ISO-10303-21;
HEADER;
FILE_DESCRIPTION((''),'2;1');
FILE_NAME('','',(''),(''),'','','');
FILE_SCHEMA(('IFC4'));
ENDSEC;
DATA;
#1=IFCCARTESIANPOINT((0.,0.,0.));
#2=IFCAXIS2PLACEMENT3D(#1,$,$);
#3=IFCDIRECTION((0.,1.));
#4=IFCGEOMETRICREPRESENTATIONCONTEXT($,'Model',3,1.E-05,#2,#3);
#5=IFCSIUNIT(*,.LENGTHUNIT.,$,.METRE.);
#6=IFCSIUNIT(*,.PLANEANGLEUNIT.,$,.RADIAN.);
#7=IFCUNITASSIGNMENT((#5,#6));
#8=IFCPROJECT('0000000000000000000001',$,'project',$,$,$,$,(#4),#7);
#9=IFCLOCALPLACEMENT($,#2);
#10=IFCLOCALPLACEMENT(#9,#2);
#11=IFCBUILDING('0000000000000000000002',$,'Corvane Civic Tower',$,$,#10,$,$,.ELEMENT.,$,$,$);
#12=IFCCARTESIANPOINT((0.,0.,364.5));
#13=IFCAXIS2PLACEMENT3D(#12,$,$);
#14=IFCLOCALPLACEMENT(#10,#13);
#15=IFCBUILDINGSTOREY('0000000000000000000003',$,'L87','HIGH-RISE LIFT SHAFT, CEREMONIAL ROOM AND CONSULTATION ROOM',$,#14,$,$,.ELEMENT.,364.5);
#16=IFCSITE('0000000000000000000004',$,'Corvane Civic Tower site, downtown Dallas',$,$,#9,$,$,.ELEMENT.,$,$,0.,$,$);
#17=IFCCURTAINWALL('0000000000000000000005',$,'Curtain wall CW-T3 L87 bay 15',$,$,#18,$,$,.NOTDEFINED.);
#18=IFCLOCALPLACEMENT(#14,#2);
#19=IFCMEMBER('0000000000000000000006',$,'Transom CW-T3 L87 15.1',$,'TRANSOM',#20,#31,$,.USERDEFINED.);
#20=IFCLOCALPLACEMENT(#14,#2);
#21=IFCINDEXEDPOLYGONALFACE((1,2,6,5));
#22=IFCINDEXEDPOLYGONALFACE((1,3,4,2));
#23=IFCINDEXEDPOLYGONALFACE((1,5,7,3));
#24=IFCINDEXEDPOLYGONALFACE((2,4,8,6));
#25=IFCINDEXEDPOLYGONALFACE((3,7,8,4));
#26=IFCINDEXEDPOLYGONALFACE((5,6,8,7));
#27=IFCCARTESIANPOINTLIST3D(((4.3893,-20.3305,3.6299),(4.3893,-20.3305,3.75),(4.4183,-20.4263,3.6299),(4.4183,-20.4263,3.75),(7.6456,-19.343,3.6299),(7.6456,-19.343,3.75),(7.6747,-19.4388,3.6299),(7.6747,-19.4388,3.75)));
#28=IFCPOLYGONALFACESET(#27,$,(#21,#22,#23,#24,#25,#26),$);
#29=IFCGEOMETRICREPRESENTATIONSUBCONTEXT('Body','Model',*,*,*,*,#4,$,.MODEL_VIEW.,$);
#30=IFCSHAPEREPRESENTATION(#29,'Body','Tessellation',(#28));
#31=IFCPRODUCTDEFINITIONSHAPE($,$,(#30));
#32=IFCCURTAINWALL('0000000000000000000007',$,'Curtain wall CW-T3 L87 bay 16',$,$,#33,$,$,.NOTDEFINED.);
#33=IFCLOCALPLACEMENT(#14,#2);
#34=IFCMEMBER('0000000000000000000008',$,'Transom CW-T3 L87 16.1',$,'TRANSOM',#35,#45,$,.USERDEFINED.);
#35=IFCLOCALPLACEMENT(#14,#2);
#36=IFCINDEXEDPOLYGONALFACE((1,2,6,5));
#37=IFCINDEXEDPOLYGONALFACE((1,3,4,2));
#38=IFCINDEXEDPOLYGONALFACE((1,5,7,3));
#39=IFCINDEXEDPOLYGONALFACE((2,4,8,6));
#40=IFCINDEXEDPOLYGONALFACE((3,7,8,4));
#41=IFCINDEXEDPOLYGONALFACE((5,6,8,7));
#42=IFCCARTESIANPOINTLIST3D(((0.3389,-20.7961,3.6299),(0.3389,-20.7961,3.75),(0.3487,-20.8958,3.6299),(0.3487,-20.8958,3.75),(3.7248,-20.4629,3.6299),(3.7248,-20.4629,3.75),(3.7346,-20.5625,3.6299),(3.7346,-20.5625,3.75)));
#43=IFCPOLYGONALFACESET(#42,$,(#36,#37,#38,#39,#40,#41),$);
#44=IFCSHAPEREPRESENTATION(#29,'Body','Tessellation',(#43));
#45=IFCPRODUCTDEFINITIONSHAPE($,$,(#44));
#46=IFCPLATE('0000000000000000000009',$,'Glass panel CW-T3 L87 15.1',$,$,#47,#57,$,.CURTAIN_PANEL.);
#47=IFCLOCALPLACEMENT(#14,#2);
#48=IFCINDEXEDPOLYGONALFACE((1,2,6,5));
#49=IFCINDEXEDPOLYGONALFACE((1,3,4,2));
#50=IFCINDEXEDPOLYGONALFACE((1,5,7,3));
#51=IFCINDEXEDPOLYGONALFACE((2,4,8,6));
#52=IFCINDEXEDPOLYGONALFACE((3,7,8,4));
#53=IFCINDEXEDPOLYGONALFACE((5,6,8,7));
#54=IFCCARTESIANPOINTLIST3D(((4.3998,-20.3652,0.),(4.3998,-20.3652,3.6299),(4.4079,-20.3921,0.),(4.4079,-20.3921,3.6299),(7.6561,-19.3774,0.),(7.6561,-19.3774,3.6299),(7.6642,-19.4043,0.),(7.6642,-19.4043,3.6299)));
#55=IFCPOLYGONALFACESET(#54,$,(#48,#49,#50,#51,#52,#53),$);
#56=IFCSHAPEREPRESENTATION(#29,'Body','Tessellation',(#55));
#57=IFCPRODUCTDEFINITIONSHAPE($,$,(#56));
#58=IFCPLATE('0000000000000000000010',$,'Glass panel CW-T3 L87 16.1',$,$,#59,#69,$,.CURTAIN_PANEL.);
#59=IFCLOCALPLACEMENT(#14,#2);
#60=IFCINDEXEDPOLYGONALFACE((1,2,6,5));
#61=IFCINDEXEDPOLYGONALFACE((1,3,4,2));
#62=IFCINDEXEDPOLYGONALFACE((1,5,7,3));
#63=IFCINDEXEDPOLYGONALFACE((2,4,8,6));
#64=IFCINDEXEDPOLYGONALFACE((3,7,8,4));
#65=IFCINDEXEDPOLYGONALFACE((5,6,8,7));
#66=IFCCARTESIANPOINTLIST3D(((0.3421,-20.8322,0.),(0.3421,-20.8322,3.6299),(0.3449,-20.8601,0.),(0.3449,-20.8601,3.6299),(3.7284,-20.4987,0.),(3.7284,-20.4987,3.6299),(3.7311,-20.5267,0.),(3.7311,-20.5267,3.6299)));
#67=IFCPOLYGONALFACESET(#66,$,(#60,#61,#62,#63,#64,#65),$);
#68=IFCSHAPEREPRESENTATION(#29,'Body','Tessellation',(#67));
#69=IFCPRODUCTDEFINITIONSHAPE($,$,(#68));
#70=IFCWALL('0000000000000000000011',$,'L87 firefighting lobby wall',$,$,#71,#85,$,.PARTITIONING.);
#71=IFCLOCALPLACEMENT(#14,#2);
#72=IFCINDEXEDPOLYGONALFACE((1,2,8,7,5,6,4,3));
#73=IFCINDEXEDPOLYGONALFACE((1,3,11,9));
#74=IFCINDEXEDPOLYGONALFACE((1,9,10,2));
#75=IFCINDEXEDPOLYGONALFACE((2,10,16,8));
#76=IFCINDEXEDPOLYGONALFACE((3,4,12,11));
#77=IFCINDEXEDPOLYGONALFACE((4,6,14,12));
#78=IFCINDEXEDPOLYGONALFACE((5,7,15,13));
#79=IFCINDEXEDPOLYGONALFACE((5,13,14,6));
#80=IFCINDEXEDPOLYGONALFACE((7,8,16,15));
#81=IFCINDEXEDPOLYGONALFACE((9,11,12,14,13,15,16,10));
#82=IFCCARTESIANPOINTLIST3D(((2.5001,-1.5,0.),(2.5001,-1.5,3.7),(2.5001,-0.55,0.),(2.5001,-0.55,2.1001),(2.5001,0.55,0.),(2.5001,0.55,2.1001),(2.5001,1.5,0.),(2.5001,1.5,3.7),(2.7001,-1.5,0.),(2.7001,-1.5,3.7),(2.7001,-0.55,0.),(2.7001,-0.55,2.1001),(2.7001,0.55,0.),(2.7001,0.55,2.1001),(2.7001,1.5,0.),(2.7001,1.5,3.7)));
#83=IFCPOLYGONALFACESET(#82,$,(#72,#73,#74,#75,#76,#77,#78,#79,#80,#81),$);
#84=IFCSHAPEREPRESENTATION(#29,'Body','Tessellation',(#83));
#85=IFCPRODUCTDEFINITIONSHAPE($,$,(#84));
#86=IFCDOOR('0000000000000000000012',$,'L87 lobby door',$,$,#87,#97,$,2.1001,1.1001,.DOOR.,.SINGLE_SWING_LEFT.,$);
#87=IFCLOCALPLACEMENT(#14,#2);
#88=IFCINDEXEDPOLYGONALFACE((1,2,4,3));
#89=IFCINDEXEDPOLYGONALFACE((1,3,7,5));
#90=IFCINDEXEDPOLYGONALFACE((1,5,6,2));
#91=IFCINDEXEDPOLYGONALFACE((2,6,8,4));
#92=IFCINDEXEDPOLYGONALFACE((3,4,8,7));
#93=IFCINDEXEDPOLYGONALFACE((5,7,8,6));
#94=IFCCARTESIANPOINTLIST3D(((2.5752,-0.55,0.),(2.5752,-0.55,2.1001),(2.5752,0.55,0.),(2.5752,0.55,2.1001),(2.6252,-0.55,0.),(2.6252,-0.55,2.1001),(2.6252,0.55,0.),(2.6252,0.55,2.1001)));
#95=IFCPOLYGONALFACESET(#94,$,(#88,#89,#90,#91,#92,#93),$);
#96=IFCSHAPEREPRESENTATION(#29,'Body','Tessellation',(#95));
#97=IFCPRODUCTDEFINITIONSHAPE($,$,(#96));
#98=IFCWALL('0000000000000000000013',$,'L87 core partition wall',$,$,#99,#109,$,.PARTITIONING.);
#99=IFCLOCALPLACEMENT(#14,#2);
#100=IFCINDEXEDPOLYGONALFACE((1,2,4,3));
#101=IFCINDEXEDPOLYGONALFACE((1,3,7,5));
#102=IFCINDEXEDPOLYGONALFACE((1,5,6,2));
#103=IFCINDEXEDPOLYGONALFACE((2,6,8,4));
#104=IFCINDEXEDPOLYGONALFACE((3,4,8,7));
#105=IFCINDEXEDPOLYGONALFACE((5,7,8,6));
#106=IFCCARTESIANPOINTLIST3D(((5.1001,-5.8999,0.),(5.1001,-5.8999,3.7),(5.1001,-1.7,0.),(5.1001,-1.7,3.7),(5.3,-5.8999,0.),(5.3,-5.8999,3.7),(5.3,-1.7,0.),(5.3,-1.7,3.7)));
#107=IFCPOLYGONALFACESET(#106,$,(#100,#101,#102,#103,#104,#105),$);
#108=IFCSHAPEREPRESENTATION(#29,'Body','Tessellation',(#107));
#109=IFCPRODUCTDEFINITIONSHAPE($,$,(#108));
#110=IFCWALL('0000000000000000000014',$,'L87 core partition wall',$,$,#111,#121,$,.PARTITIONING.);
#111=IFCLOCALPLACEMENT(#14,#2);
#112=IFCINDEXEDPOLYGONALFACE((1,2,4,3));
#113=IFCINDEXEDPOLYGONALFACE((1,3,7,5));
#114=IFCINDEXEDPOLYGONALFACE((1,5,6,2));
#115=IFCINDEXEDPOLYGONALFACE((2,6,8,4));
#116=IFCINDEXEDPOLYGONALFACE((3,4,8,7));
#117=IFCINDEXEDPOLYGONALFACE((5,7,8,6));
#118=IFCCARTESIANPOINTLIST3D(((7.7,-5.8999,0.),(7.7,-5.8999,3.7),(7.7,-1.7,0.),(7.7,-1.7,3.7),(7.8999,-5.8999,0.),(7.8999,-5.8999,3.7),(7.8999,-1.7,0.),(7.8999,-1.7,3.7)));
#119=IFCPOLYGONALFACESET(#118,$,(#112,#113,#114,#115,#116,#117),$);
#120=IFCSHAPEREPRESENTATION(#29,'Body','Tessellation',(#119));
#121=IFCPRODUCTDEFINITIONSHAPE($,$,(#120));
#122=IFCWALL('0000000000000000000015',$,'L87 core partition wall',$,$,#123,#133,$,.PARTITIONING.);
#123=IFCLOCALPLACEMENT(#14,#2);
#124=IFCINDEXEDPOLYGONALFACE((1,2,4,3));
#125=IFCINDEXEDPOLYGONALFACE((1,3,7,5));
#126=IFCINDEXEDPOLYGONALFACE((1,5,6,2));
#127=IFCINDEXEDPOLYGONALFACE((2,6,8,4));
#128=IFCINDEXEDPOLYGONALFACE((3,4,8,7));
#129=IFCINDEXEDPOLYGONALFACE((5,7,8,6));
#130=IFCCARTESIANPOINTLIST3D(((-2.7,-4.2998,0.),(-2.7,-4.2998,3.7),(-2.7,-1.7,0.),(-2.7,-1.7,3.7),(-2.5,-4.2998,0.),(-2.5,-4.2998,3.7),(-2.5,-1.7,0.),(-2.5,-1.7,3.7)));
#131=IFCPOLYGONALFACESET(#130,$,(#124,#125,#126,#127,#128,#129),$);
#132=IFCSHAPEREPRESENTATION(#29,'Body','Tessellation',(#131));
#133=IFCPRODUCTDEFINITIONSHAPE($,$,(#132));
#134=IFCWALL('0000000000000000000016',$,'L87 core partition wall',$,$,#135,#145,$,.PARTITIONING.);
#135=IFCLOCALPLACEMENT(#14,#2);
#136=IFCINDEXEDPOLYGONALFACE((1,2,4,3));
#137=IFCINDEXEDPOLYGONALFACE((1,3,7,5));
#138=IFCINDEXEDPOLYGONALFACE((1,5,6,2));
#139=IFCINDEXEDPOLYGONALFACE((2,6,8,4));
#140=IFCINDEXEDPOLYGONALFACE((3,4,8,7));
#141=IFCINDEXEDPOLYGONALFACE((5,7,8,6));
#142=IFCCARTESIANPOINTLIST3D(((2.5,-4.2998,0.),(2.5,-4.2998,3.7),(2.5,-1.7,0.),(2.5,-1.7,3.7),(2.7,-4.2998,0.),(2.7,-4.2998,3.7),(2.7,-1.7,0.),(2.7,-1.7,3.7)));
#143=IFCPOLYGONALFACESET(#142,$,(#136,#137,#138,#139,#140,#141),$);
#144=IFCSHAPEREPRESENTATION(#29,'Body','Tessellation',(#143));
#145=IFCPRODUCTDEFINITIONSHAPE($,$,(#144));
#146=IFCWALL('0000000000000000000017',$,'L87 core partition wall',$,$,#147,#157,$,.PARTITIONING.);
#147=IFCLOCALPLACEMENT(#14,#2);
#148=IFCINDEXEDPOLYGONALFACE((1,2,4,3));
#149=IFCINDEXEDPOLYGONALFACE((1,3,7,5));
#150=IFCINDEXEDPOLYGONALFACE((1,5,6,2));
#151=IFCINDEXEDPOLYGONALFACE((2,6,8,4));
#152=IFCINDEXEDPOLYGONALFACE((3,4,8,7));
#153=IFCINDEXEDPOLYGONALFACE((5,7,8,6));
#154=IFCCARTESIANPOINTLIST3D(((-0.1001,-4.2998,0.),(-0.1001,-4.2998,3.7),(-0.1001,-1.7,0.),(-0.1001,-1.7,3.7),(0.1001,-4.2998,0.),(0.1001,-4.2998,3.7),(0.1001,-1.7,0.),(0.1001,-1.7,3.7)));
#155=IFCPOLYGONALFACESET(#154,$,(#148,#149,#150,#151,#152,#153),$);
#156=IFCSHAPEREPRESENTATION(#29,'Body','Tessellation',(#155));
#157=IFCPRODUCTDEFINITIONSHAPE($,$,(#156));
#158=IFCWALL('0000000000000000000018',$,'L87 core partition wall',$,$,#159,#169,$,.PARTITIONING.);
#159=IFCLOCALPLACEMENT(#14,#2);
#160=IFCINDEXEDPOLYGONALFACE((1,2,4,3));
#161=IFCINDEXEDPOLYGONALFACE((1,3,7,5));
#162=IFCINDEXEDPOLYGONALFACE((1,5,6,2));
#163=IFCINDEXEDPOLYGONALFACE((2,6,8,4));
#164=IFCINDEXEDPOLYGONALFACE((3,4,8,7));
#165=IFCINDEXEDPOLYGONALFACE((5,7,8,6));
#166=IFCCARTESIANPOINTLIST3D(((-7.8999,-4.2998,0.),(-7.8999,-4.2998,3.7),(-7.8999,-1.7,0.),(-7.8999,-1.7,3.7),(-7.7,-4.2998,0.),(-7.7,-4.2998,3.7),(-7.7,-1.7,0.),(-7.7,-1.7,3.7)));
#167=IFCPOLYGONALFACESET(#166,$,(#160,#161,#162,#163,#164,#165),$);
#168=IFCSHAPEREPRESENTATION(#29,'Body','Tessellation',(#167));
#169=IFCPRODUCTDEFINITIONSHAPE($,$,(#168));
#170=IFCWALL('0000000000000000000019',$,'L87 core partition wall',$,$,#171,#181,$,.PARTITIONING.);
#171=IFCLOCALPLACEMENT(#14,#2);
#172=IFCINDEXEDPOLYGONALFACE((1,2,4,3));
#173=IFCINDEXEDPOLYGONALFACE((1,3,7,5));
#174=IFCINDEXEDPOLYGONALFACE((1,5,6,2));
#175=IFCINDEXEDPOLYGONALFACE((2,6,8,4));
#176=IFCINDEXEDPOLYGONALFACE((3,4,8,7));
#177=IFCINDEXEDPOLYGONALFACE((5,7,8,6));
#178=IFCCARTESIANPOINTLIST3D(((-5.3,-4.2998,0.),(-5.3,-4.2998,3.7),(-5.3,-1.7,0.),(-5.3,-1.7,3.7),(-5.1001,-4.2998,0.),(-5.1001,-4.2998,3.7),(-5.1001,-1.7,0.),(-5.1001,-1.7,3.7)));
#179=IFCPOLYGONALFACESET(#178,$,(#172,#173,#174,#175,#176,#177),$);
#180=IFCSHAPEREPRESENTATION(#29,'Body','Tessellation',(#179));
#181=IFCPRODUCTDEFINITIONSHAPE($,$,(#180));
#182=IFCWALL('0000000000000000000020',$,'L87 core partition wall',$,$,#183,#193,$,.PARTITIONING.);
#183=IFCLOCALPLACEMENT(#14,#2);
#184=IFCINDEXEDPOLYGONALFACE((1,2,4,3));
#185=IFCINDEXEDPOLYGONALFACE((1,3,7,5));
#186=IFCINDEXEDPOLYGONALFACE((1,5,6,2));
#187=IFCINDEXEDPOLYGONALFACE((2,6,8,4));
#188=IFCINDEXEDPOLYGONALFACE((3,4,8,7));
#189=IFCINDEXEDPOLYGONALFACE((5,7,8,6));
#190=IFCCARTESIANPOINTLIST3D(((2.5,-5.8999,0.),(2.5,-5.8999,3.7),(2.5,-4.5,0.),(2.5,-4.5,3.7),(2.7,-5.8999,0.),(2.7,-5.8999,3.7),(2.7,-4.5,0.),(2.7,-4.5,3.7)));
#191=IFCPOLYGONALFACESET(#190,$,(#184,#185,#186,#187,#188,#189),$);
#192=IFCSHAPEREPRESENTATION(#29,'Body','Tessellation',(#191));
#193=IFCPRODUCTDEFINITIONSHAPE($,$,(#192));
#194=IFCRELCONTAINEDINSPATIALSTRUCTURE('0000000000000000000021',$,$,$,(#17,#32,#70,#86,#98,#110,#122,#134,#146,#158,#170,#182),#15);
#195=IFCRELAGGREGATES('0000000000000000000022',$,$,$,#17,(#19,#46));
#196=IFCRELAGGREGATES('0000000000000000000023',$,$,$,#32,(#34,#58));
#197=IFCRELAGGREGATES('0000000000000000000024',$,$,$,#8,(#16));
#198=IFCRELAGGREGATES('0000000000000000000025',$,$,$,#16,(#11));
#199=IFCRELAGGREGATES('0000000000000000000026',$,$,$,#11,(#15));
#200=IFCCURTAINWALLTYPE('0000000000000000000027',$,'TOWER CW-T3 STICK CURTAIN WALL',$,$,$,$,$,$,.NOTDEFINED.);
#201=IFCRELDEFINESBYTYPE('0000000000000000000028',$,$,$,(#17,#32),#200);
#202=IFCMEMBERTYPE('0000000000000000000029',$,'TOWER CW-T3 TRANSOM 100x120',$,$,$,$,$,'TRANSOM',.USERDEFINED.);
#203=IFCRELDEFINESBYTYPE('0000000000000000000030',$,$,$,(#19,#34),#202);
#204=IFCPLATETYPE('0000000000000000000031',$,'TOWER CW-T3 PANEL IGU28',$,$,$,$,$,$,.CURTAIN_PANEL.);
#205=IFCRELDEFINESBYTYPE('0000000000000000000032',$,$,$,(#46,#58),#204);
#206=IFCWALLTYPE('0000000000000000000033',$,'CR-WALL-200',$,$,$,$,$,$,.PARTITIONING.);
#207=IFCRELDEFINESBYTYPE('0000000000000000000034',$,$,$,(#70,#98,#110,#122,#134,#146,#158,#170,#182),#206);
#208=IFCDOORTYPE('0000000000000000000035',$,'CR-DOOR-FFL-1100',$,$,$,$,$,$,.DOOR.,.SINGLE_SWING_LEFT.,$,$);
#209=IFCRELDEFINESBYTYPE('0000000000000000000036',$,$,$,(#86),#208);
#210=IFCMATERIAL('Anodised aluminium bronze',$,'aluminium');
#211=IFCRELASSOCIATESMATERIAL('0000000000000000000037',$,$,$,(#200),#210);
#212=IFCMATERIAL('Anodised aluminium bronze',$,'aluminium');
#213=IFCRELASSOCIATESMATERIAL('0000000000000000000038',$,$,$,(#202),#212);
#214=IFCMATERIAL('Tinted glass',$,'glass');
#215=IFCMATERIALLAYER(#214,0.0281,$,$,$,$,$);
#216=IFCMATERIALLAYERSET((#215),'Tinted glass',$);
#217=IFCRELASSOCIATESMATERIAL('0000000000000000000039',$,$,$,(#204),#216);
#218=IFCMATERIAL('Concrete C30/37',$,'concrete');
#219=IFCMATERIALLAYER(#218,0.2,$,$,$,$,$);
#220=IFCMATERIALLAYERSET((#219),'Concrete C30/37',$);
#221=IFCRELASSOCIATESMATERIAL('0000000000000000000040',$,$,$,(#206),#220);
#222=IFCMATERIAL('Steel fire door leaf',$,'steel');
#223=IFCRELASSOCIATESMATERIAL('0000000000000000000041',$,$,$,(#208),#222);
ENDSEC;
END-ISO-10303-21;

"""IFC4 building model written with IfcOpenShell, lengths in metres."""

from ifc_helpers import new_model, si_unit, direction, frame, frame_2d, origin, origin_2d, place, context, subcontext, project, spatial, polyline, rectangle, outline, extrude, material, layer, layer_set, material_profile, profile_set, type_object, element, fill, aggregate, save


model = new_model("IFC4")

# Units and contexts
model_context = context("Model", 3, precision=1e-05, world=origin(), true_north=direction((0.0, 1.0)))
body_context = subcontext(model_context, "Body", "Model", "MODEL_VIEW")
ifc_project = project(units=[si_unit("LENGTHUNIT", "METRE"), si_unit("PLANEANGLEUNIT", "RADIAN")], contexts=[model_context])

# Site, building, storey
site_placement = place(None, origin())
site = spatial("IfcSite", under=ifc_project, at=site_placement, Name="Corvane Civic Tower site, downtown Dallas", CompositionType="ELEMENT", RefElevation=0.0)
building_placement = place(site_placement, origin())
building = spatial("IfcBuilding", under=site, at=building_placement, Name="Corvane Civic Tower", CompositionType="ELEMENT")
storey_placement = place(building_placement, frame((0.0, 0.0, 364.5)))
storey = spatial("IfcBuildingStorey", under=building, at=storey_placement, Name="L87", Description="HIGH-RISE LIFT SHAFT, CEREMONIAL ROOM AND CONSULTATION ROOM", CompositionType="ELEMENT", Elevation=364.5)

# Curtain walls, members
ifc_material_1 = material(Name="Anodised aluminium bronze", Category="aluminium")
curtain_wall_type = type_object("IfcCurtainWallType", Name="TOWER CW-T3 STICK CURTAIN WALL", PredefinedType="NOTDEFINED", material=ifc_material_1)
curtain_wall_1_placement = place(storey_placement, origin())
curtain_wall_1 = element("IfcCurtainWall", 1, at=curtain_wall_1_placement, inside=storey, type_object=curtain_wall_type, Name="Curtain wall CW-T3 L87 bay 15", PredefinedType="NOTDEFINED")
ifc_material_2 = material(Name="Anodised aluminium bronze", Category="aluminium")
ifc_material_profile_1 = material_profile(ifc_material_2, rectangle(XDim=0.1001, YDim=0.1201, at=origin_2d()), Name="TOWER CW-T3 TRANSOM 100x120")
ifc_profile_set_1 = profile_set([ifc_material_profile_1], Name="Anodised aluminium bronze")
member_type = type_object("IfcMemberType", Name="TOWER CW-T3 TRANSOM 100x120", ElementType="TRANSOM", PredefinedType="USERDEFINED", material=ifc_profile_set_1)
member_1_placement = place(storey_placement, frame((7.6602, -19.3909, 3.6899), z_axis=(-0.956961, -0.290216, 0.0), x_axis=(0.290216, -0.956961, 0.0)))
member_1 = element("IfcMember", 2, at=member_1_placement, type_object=member_type, Name="Transom CW-T3 L87 15.1", ObjectType="TRANSOM", PredefinedType="USERDEFINED", context=body_context, shape_type="SweptSolid", body=[
    extrude(rectangle(XDim=0.1001, YDim=0.1201, at=origin_2d()), origin(), (0.0, 0.0, 1.0), 3.4028),
])
curtain_wall_2_placement = place(storey_placement, origin())
curtain_wall_2 = element("IfcCurtainWall", 3, at=curtain_wall_2_placement, inside=storey, type_object=curtain_wall_type, Name="Curtain wall CW-T3 L87 bay 16", PredefinedType="NOTDEFINED")
member_2_placement = place(storey_placement, frame((3.7297, -20.5127, 3.6899), z_axis=(-0.995192, -0.097948, 0.0), x_axis=(0.097948, -0.995192, 0.0)))
member_2 = element("IfcMember", 4, at=member_2_placement, type_object=member_type, Name="Transom CW-T3 L87 16.1", ObjectType="TRANSOM", PredefinedType="USERDEFINED", context=body_context, shape_type="SweptSolid", body=[
    extrude(rectangle(XDim=0.1001, YDim=0.1201, at=origin_2d()), origin(), (0.0, 0.0, 1.0), 3.4023),
])

# Plates
ifc_material_3 = material(Name="Tinted glass", Category="glass")
ifc_layer_1 = layer(ifc_material_3, 0.0281)
ifc_layer_set_1 = layer_set([ifc_layer_1], Name="Tinted glass")
plate_type = type_object("IfcPlateType", Name="TOWER CW-T3 PANEL IGU28", PredefinedType="CURTAIN_PANEL", material=ifc_layer_set_1)
plate_1_placement = place(storey_placement, frame((6.032, -19.8848, 0.0), z_axis=(0.0, 0.0, 1.0), x_axis=(-0.956939, -0.29029, 0.0)))
plate_1 = element("IfcPlate", 5, at=plate_1_placement, type_object=plate_type, Name="Glass panel CW-T3 L87 15.1", PredefinedType="CURTAIN_PANEL", context=body_context, shape_type="SweptSolid", body=[
    extrude(rectangle(XDim=3.4028, YDim=0.0281, at=origin_2d()), origin(), (0.0, 0.0, 1.0), 3.6299),
])
aggregate(curtain_wall_1, [member_1, plate_1])
plate_2_placement = place(storey_placement, frame((2.0366, -20.6794, 0.0), z_axis=(0.0, 0.0, 1.0), x_axis=(-0.995187, -0.097998, 0.0)))
plate_2 = element("IfcPlate", 6, at=plate_2_placement, type_object=plate_type, Name="Glass panel CW-T3 L87 16.1", PredefinedType="CURTAIN_PANEL", context=body_context, shape_type="SweptSolid", body=[
    extrude(rectangle(XDim=3.4026, YDim=0.0281, at=origin_2d()), origin(), (0.0, 0.0, 1.0), 3.6299),
])
aggregate(curtain_wall_2, [member_2, plate_2])

# Wall, opening, door
ifc_material_4 = material(Name="Concrete C30/37", Category="concrete")
ifc_layer_2 = layer(ifc_material_4, 0.2)
ifc_layer_set_2 = layer_set([ifc_layer_2], Name="Concrete C30/37")
wall_type_1 = type_object("IfcWallType", Name="CR-WALL-200", PredefinedType="PARTITIONING", material=ifc_layer_set_2)
wall_1_placement = place(storey_placement, frame((2.6001, -1.5, 0.0), z_axis=(0.0, 0.0, 1.0), x_axis=(0.0, 1.0, 0.0)))
wall_1 = element("IfcWall", 7, at=wall_1_placement, inside=storey, type_object=wall_type_1, Name="L87 firefighting lobby wall", PredefinedType="PARTITIONING", context=body_context, shape_type="SweptSolid", body=[
    extrude(rectangle(XDim=3.0, YDim=0.2, at=frame_2d((1.5, 0.0))), origin(), (0.0, 0.0, 1.0), 3.7),
])
opening_1_placement = place(wall_1_placement, frame((0.95, 0.0, 0.0)))
opening_1 = element("IfcOpeningElement", 8, at=opening_1_placement, cuts=wall_1, PredefinedType="OPENING", context=body_context, shape_type="SweptSolid", body=[
    extrude(rectangle(XDim=1.1001, YDim=2.1001, at=frame_2d((0.55, 1.05))), frame((0.0, 0.1099, 0.0), z_axis=(0.0, -1.0, 0.0), x_axis=(1.0, 0.0, 0.0)), (0.0, 0.0, 1.0), 0.22),
])
ifc_material_5 = material(Name="Steel fire door leaf", Category="steel")
door_type_1 = type_object("IfcDoorType", Name="CR-DOOR-FFL-1100", OperationType="SINGLE_SWING_LEFT", PredefinedType="DOOR", material=ifc_material_5)
door_1_placement = place(opening_1_placement, origin())
door_1 = element("IfcDoor", 9, at=door_1_placement, inside=storey, type_object=door_type_1, Name="L87 lobby door", OperationType="SINGLE_SWING_LEFT", OverallHeight=2.1001, OverallWidth=1.1001, PredefinedType="DOOR", context=body_context, shape_type="SweptSolid", body=[
    extrude(rectangle(XDim=1.1001, YDim=2.1001, at=frame_2d((0.55, 1.05))), frame((0.0, 0.0249, 0.0), z_axis=(0.0, -1.0, 0.0), x_axis=(1.0, 0.0, 0.0)), (0.0, 0.0, 1.0), 0.05),
])
fill(opening_1, door_1)

# Walls
wall_2_placement = place(storey_placement, origin())
element("IfcWall", 10, at=wall_2_placement, inside=storey, type_object=wall_type_1, Name="L87 core partition wall", PredefinedType="PARTITIONING", context=body_context, shape_type="SweptSolid", body=[
    extrude(outline(polyline([(5.3, -1.7), (5.3, -5.8999), (5.1001, -5.8999), (5.1001, -1.7), (5.3, -1.7)])), origin(), (0.0, 0.0, 1.0), 3.7),
])
wall_3_placement = place(storey_placement, origin())
element("IfcWall", 11, at=wall_3_placement, inside=storey, type_object=wall_type_1, Name="L87 core partition wall", PredefinedType="PARTITIONING", context=body_context, shape_type="SweptSolid", body=[
    extrude(outline(polyline([(7.8999, -1.7), (7.8999, -5.8999), (7.7, -5.8999), (7.7, -1.7), (7.8999, -1.7)])), origin(), (0.0, 0.0, 1.0), 3.7),
])
wall_4_placement = place(storey_placement, origin())
element("IfcWall", 12, at=wall_4_placement, inside=storey, type_object=wall_type_1, Name="L87 core partition wall", PredefinedType="PARTITIONING", context=body_context, shape_type="SweptSolid", body=[
    extrude(outline(polyline([(-2.5, -1.7), (-2.5, -4.2998), (-2.7, -4.2998), (-2.7, -1.7), (-2.5, -1.7)])), origin(), (0.0, 0.0, 1.0), 3.7),
])
wall_5_placement = place(storey_placement, origin())
element("IfcWall", 13, at=wall_5_placement, inside=storey, type_object=wall_type_1, Name="L87 core partition wall", PredefinedType="PARTITIONING", context=body_context, shape_type="SweptSolid", body=[
    extrude(outline(polyline([(2.7, -1.7), (2.7, -4.2998), (2.5, -4.2998), (2.5, -1.7), (2.7, -1.7)])), origin(), (0.0, 0.0, 1.0), 3.7),
])
wall_6_placement = place(storey_placement, origin())
element("IfcWall", 14, at=wall_6_placement, inside=storey, type_object=wall_type_1, Name="L87 core partition wall", PredefinedType="PARTITIONING", context=body_context, shape_type="SweptSolid", body=[
    extrude(outline(polyline([(0.1001, -1.7), (0.1001, -4.2998), (-0.1001, -4.2998), (-0.1001, -1.7), (0.1001, -1.7)])), origin(), (0.0, 0.0, 1.0), 3.7),
])
wall_7_placement = place(storey_placement, origin())
element("IfcWall", 15, at=wall_7_placement, inside=storey, type_object=wall_type_1, Name="L87 core partition wall", PredefinedType="PARTITIONING", context=body_context, shape_type="SweptSolid", body=[
    extrude(outline(polyline([(-7.7, -1.7), (-7.7, -4.2998), (-7.8999, -4.2998), (-7.8999, -1.7), (-7.7, -1.7)])), origin(), (0.0, 0.0, 1.0), 3.7),
])
wall_8_placement = place(storey_placement, origin())
element("IfcWall", 16, at=wall_8_placement, inside=storey, type_object=wall_type_1, Name="L87 core partition wall", PredefinedType="PARTITIONING", context=body_context, shape_type="SweptSolid", body=[
    extrude(outline(polyline([(-5.1001, -1.7), (-5.1001, -4.2998), (-5.3, -4.2998), (-5.3, -1.7), (-5.1001, -1.7)])), origin(), (0.0, 0.0, 1.0), 3.7),
])
wall_9_placement = place(storey_placement, origin())
element("IfcWall", 17, at=wall_9_placement, inside=storey, type_object=wall_type_1, Name="L87 core partition wall", PredefinedType="PARTITIONING", context=body_context, shape_type="SweptSolid", body=[
    extrude(outline(polyline([(2.7, -5.8999), (2.5, -5.8999), (2.5, -4.5), (2.7, -4.5), (2.7, -5.8999)])), origin(), (0.0, 0.0, 1.0), 3.7),
])

save(model, "model.ifc")
